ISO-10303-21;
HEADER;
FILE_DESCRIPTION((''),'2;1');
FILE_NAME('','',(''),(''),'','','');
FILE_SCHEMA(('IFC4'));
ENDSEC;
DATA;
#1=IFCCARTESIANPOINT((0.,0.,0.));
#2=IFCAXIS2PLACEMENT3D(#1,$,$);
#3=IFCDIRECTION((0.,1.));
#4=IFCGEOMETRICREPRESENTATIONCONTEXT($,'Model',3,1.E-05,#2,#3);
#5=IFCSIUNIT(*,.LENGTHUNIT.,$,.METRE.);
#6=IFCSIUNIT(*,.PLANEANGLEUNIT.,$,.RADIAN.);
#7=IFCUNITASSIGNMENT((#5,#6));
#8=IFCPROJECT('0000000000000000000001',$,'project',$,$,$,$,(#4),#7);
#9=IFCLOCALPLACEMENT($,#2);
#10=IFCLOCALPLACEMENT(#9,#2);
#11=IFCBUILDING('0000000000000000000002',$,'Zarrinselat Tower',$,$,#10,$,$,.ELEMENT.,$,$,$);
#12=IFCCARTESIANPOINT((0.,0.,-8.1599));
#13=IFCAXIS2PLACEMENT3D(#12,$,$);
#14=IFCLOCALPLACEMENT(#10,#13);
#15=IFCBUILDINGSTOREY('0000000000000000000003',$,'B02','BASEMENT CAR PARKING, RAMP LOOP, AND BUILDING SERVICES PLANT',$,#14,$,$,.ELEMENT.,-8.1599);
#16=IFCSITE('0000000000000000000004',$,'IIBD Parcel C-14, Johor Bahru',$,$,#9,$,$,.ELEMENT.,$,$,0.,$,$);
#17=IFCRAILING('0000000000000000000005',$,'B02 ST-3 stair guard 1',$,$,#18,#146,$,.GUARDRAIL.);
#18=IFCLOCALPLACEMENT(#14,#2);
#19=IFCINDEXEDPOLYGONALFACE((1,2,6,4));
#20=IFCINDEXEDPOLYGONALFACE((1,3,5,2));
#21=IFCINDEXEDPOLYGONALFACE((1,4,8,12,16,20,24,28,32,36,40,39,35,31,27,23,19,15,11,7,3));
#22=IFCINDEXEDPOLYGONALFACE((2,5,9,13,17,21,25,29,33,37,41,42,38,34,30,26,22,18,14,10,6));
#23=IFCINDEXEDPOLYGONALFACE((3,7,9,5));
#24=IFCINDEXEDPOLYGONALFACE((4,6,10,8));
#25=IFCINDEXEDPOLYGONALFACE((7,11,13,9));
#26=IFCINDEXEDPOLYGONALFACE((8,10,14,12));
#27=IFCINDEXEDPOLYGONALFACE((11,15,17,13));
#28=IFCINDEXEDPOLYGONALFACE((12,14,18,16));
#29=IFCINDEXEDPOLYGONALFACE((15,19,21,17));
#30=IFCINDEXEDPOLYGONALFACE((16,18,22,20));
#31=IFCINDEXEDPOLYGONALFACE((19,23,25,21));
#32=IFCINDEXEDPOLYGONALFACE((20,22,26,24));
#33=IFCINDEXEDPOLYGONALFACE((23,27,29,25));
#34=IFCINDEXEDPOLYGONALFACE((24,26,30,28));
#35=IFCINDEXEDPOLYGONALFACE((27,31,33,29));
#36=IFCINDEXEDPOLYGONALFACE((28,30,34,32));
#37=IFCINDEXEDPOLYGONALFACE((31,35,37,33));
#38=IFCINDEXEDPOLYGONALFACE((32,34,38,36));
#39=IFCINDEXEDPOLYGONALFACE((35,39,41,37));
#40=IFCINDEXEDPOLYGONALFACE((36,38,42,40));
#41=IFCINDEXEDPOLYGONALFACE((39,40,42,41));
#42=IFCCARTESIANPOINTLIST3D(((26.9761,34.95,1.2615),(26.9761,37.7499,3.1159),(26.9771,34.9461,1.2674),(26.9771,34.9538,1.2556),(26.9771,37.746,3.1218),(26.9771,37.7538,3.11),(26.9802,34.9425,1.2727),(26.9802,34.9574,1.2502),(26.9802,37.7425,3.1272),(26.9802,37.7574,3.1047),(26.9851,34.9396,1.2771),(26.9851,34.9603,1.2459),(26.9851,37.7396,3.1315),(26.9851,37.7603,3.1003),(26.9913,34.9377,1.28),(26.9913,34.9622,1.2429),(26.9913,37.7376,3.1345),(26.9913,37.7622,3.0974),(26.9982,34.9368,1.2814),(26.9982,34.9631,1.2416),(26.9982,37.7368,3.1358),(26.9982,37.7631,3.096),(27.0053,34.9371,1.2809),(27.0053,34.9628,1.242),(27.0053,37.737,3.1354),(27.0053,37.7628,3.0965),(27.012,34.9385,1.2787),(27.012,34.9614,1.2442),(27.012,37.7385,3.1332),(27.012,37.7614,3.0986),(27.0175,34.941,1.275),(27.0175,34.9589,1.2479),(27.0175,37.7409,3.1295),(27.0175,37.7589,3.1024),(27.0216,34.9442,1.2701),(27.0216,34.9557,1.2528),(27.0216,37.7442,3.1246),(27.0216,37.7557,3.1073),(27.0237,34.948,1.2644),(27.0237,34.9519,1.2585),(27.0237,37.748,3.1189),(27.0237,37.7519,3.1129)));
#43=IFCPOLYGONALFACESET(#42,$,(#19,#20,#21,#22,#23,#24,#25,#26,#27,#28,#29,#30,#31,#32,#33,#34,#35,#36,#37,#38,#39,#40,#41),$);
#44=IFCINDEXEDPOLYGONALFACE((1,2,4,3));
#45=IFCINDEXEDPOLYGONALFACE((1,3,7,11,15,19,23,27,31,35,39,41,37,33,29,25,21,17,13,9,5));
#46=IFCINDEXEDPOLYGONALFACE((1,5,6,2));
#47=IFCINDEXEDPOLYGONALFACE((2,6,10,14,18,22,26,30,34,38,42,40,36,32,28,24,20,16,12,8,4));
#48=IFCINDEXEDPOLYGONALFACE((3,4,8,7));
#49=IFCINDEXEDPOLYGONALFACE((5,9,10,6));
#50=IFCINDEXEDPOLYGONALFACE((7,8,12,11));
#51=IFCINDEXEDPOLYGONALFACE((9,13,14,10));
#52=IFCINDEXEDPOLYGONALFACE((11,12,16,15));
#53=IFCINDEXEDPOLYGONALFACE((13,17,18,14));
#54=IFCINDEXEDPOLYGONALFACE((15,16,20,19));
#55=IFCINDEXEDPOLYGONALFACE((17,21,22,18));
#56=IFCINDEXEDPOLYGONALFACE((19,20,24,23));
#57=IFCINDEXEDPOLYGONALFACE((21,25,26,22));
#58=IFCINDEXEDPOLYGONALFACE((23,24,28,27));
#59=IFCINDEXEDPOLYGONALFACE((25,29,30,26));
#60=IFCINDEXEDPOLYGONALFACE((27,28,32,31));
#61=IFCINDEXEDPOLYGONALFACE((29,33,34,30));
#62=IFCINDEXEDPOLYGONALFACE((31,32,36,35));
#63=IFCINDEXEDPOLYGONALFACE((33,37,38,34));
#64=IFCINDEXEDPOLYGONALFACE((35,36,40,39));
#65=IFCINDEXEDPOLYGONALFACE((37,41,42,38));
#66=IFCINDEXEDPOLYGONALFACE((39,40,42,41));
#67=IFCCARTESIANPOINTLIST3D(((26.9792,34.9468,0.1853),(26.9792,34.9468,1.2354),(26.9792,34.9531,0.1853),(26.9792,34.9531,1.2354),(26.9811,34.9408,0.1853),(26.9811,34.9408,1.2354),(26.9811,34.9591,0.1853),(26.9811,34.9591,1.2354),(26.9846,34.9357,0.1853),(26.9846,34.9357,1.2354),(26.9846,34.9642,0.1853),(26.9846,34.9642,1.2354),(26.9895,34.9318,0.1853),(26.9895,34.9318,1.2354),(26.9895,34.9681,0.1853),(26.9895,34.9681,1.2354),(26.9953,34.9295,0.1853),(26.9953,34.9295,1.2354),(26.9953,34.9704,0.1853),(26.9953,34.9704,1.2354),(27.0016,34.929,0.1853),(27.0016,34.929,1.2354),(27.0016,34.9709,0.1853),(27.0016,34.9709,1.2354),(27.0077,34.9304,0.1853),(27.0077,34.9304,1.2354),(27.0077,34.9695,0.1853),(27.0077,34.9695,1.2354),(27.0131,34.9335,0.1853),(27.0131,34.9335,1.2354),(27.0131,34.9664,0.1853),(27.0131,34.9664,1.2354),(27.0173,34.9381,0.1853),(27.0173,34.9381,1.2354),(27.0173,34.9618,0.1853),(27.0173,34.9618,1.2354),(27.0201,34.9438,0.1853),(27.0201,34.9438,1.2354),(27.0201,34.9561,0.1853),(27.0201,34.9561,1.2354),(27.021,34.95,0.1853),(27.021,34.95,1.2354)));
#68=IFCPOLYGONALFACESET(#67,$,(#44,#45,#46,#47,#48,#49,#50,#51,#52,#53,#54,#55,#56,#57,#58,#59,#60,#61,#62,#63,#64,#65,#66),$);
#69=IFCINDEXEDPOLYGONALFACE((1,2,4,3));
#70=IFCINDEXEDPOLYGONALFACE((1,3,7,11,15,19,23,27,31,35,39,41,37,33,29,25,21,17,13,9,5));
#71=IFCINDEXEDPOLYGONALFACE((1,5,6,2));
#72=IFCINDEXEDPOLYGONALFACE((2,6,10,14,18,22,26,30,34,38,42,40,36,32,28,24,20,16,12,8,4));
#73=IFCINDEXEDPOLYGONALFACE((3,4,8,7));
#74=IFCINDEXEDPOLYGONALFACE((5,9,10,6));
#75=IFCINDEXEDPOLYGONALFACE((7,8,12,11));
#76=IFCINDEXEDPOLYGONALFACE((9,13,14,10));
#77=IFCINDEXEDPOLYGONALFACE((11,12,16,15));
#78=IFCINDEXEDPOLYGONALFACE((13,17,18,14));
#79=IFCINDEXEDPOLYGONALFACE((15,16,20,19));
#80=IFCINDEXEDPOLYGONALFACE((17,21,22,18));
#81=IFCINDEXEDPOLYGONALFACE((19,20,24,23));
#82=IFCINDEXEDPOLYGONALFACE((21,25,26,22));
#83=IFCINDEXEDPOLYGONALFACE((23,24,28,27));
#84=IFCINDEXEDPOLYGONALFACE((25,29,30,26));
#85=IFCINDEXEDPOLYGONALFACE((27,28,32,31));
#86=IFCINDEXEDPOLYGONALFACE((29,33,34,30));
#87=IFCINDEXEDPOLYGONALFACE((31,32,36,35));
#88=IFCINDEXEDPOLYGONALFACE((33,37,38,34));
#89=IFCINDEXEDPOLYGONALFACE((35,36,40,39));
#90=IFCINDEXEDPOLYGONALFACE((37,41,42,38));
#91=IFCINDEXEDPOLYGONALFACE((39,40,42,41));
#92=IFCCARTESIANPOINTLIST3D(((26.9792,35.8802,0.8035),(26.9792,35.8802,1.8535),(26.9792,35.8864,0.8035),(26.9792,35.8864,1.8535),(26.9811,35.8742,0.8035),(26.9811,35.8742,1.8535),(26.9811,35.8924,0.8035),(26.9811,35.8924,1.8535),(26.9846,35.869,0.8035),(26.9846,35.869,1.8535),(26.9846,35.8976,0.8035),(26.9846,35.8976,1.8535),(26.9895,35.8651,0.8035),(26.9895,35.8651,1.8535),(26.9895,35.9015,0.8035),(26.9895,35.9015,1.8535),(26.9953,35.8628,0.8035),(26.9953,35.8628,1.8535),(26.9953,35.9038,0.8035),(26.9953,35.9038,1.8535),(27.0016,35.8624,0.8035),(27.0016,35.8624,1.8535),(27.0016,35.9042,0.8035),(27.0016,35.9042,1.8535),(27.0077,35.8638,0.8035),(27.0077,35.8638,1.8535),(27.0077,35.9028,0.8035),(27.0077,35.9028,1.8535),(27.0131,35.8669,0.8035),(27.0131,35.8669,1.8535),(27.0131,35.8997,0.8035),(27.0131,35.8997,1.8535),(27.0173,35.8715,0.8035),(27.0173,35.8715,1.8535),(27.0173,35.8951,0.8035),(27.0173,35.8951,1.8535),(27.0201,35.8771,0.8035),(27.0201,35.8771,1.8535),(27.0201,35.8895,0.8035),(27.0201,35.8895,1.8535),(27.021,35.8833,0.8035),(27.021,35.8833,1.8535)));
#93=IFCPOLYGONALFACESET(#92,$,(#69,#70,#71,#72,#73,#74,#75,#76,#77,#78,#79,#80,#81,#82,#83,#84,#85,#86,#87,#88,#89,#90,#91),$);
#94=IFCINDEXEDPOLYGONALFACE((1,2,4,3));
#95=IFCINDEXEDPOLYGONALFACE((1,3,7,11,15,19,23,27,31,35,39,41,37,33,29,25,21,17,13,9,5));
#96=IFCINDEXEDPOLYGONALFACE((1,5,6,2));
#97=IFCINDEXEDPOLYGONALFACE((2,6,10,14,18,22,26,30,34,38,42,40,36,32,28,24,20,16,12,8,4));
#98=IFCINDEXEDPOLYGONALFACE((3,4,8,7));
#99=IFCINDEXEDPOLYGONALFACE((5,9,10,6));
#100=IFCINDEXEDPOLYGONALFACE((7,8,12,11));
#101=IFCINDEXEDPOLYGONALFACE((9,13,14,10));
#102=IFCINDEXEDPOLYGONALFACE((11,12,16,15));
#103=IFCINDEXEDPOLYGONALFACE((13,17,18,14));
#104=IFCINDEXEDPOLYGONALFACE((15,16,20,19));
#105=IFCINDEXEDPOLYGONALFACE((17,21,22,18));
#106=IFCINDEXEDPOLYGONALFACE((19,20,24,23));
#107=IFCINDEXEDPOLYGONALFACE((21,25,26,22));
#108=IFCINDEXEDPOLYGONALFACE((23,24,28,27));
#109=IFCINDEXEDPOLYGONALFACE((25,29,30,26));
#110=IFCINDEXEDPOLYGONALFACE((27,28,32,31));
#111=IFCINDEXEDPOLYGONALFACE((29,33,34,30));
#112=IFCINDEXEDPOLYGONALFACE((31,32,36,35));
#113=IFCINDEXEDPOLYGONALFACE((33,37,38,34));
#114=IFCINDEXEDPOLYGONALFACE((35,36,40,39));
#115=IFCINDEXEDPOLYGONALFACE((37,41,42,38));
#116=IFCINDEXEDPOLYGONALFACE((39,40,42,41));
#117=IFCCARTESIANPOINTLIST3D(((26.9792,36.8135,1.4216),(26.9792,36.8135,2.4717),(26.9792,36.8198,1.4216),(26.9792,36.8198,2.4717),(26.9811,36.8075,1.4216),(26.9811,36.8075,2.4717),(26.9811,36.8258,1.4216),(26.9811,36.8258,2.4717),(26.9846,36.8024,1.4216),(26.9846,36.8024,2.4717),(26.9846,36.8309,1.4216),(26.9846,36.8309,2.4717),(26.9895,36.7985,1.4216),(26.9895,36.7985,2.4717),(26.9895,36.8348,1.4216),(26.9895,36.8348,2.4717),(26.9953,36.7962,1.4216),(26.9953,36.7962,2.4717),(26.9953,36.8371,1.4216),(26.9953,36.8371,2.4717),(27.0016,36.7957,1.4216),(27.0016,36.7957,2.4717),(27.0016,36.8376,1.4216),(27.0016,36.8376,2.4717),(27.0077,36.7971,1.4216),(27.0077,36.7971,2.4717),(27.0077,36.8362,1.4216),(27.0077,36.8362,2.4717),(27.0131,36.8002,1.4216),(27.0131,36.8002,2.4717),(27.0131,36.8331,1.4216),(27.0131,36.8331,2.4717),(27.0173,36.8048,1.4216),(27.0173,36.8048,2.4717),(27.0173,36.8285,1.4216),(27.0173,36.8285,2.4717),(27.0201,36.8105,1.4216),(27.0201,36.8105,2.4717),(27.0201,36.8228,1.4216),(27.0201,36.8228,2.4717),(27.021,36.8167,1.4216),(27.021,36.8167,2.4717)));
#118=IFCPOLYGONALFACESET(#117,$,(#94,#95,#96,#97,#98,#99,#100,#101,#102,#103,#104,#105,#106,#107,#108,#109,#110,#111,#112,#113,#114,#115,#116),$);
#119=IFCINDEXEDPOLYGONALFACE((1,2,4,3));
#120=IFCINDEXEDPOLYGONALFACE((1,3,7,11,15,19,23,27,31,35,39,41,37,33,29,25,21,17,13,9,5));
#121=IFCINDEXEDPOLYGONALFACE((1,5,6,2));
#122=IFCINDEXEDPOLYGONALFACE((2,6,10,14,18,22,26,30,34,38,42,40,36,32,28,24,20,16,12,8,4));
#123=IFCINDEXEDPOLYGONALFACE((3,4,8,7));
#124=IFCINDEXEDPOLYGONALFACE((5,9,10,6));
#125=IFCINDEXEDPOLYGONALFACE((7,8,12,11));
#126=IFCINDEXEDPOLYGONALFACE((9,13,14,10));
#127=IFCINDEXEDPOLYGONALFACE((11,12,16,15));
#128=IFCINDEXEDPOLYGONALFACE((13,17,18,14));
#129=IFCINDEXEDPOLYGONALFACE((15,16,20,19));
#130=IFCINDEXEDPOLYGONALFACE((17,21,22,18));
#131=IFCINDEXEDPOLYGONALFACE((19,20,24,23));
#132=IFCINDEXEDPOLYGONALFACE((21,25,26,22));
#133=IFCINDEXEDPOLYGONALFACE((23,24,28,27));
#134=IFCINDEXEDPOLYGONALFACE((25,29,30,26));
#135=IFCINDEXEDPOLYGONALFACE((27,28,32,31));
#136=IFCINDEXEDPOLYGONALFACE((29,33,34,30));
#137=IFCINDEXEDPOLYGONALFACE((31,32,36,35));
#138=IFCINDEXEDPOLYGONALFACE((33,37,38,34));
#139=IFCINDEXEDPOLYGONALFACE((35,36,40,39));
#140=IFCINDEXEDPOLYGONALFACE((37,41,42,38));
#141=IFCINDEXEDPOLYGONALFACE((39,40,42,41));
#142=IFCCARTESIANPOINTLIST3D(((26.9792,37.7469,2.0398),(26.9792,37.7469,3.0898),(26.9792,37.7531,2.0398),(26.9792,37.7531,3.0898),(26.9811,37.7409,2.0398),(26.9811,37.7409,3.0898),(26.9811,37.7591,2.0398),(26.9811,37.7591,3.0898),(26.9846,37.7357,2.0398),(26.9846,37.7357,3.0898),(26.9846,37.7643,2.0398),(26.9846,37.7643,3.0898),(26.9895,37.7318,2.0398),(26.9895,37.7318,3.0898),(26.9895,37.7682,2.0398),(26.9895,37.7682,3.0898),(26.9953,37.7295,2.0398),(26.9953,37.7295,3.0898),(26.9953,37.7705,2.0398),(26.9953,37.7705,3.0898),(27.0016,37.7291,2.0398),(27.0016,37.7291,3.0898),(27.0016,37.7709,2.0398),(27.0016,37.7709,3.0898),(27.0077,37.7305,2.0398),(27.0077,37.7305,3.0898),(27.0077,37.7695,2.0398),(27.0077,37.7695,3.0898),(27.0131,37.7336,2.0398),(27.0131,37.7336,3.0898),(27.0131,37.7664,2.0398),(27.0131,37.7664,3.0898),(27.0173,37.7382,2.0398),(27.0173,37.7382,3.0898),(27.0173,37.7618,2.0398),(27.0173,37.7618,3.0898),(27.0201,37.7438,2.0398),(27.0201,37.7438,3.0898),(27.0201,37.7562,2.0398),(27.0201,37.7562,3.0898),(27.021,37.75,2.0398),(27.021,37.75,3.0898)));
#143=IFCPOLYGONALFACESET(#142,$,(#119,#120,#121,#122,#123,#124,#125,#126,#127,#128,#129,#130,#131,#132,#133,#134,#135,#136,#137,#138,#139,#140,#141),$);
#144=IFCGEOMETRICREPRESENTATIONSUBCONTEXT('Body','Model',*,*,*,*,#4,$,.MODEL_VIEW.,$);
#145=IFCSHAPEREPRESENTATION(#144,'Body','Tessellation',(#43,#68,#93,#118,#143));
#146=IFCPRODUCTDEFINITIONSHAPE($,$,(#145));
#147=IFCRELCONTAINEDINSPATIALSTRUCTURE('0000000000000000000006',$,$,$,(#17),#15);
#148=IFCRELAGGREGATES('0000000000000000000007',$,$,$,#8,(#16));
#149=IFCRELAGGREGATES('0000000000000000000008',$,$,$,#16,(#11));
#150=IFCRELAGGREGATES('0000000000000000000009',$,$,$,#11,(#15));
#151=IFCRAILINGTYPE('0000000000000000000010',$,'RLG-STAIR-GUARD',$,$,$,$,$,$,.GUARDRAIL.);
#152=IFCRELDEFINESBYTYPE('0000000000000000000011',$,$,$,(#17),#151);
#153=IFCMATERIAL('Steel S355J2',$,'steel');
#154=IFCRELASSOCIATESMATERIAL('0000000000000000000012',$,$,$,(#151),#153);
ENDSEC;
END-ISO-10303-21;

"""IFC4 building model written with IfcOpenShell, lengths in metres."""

from ifc_helpers import new_model, si_unit, direction, frame, origin, origin_2d, place, context, subcontext, project, spatial, circle, extrude, material, type_object, element, save


model = new_model("IFC4")

# Units and contexts
model_context = context("Model", 3, precision=1e-05, world=origin(), true_north=direction((0.0, 1.0)))
body_context = subcontext(model_context, "Body", "Model", "MODEL_VIEW")
ifc_project = project(units=[si_unit("LENGTHUNIT", "METRE"), si_unit("PLANEANGLEUNIT", "RADIAN")], contexts=[model_context])

# Site, building, storey
site_placement = place(None, origin())
site = spatial("IfcSite", under=ifc_project, at=site_placement, Name="IIBD Parcel C-14, Johor Bahru", CompositionType="ELEMENT", RefElevation=0.0)
building_placement = place(site_placement, origin())
building = spatial("IfcBuilding", under=site, at=building_placement, Name="Zarrinselat Tower", CompositionType="ELEMENT")
storey_placement = place(building_placement, frame((0.0, 0.0, -8.1599)))
storey = spatial("IfcBuildingStorey", under=building, at=storey_placement, Name="B02", Description="BASEMENT CAR PARKING, RAMP LOOP, AND BUILDING SERVICES PLANT", CompositionType="ELEMENT", Elevation=-8.1599)

# Railing
ifc_material_1 = material(Name="Steel S355J2", Category="steel")
railing_type_1 = type_object("IfcRailingType", Name="RLG-STAIR-GUARD", PredefinedType="GUARDRAIL", material=ifc_material_1)
railing_1_placement = place(storey_placement, frame((27.0, 34.95, 0.1853)))
element("IfcRailing", 1, at=railing_1_placement, inside=storey, type_object=railing_type_1, Name="B02 ST-3 stair guard 1", PredefinedType="GUARDRAIL", context=body_context, shape_type="SweptSolid", body=[
    extrude(circle(Radius=0.0239, at=origin_2d()), frame((0.0, 0.0, 1.0762), z_axis=(0.0, 0.833724, 0.552181), x_axis=(-1.0, 0.0, 0.0)), (0.0, 0.0, 1.0), 3.3584),
    extrude(circle(Radius=0.021, at=origin_2d()), origin(), (0.0, 0.0, 1.0), 1.05),
    extrude(circle(Radius=0.021, at=origin_2d()), frame((0.0, 0.9333, 0.6182)), (0.0, 0.0, 1.0), 1.05),
    extrude(circle(Radius=0.021, at=origin_2d()), frame((0.0, 1.8667, 1.2363)), (0.0, 0.0, 1.0), 1.05),
    extrude(circle(Radius=0.021, at=origin_2d()), frame((0.0, 2.8, 1.8545)), (0.0, 0.0, 1.0), 1.05),
])

save(model, "model.ifc")
